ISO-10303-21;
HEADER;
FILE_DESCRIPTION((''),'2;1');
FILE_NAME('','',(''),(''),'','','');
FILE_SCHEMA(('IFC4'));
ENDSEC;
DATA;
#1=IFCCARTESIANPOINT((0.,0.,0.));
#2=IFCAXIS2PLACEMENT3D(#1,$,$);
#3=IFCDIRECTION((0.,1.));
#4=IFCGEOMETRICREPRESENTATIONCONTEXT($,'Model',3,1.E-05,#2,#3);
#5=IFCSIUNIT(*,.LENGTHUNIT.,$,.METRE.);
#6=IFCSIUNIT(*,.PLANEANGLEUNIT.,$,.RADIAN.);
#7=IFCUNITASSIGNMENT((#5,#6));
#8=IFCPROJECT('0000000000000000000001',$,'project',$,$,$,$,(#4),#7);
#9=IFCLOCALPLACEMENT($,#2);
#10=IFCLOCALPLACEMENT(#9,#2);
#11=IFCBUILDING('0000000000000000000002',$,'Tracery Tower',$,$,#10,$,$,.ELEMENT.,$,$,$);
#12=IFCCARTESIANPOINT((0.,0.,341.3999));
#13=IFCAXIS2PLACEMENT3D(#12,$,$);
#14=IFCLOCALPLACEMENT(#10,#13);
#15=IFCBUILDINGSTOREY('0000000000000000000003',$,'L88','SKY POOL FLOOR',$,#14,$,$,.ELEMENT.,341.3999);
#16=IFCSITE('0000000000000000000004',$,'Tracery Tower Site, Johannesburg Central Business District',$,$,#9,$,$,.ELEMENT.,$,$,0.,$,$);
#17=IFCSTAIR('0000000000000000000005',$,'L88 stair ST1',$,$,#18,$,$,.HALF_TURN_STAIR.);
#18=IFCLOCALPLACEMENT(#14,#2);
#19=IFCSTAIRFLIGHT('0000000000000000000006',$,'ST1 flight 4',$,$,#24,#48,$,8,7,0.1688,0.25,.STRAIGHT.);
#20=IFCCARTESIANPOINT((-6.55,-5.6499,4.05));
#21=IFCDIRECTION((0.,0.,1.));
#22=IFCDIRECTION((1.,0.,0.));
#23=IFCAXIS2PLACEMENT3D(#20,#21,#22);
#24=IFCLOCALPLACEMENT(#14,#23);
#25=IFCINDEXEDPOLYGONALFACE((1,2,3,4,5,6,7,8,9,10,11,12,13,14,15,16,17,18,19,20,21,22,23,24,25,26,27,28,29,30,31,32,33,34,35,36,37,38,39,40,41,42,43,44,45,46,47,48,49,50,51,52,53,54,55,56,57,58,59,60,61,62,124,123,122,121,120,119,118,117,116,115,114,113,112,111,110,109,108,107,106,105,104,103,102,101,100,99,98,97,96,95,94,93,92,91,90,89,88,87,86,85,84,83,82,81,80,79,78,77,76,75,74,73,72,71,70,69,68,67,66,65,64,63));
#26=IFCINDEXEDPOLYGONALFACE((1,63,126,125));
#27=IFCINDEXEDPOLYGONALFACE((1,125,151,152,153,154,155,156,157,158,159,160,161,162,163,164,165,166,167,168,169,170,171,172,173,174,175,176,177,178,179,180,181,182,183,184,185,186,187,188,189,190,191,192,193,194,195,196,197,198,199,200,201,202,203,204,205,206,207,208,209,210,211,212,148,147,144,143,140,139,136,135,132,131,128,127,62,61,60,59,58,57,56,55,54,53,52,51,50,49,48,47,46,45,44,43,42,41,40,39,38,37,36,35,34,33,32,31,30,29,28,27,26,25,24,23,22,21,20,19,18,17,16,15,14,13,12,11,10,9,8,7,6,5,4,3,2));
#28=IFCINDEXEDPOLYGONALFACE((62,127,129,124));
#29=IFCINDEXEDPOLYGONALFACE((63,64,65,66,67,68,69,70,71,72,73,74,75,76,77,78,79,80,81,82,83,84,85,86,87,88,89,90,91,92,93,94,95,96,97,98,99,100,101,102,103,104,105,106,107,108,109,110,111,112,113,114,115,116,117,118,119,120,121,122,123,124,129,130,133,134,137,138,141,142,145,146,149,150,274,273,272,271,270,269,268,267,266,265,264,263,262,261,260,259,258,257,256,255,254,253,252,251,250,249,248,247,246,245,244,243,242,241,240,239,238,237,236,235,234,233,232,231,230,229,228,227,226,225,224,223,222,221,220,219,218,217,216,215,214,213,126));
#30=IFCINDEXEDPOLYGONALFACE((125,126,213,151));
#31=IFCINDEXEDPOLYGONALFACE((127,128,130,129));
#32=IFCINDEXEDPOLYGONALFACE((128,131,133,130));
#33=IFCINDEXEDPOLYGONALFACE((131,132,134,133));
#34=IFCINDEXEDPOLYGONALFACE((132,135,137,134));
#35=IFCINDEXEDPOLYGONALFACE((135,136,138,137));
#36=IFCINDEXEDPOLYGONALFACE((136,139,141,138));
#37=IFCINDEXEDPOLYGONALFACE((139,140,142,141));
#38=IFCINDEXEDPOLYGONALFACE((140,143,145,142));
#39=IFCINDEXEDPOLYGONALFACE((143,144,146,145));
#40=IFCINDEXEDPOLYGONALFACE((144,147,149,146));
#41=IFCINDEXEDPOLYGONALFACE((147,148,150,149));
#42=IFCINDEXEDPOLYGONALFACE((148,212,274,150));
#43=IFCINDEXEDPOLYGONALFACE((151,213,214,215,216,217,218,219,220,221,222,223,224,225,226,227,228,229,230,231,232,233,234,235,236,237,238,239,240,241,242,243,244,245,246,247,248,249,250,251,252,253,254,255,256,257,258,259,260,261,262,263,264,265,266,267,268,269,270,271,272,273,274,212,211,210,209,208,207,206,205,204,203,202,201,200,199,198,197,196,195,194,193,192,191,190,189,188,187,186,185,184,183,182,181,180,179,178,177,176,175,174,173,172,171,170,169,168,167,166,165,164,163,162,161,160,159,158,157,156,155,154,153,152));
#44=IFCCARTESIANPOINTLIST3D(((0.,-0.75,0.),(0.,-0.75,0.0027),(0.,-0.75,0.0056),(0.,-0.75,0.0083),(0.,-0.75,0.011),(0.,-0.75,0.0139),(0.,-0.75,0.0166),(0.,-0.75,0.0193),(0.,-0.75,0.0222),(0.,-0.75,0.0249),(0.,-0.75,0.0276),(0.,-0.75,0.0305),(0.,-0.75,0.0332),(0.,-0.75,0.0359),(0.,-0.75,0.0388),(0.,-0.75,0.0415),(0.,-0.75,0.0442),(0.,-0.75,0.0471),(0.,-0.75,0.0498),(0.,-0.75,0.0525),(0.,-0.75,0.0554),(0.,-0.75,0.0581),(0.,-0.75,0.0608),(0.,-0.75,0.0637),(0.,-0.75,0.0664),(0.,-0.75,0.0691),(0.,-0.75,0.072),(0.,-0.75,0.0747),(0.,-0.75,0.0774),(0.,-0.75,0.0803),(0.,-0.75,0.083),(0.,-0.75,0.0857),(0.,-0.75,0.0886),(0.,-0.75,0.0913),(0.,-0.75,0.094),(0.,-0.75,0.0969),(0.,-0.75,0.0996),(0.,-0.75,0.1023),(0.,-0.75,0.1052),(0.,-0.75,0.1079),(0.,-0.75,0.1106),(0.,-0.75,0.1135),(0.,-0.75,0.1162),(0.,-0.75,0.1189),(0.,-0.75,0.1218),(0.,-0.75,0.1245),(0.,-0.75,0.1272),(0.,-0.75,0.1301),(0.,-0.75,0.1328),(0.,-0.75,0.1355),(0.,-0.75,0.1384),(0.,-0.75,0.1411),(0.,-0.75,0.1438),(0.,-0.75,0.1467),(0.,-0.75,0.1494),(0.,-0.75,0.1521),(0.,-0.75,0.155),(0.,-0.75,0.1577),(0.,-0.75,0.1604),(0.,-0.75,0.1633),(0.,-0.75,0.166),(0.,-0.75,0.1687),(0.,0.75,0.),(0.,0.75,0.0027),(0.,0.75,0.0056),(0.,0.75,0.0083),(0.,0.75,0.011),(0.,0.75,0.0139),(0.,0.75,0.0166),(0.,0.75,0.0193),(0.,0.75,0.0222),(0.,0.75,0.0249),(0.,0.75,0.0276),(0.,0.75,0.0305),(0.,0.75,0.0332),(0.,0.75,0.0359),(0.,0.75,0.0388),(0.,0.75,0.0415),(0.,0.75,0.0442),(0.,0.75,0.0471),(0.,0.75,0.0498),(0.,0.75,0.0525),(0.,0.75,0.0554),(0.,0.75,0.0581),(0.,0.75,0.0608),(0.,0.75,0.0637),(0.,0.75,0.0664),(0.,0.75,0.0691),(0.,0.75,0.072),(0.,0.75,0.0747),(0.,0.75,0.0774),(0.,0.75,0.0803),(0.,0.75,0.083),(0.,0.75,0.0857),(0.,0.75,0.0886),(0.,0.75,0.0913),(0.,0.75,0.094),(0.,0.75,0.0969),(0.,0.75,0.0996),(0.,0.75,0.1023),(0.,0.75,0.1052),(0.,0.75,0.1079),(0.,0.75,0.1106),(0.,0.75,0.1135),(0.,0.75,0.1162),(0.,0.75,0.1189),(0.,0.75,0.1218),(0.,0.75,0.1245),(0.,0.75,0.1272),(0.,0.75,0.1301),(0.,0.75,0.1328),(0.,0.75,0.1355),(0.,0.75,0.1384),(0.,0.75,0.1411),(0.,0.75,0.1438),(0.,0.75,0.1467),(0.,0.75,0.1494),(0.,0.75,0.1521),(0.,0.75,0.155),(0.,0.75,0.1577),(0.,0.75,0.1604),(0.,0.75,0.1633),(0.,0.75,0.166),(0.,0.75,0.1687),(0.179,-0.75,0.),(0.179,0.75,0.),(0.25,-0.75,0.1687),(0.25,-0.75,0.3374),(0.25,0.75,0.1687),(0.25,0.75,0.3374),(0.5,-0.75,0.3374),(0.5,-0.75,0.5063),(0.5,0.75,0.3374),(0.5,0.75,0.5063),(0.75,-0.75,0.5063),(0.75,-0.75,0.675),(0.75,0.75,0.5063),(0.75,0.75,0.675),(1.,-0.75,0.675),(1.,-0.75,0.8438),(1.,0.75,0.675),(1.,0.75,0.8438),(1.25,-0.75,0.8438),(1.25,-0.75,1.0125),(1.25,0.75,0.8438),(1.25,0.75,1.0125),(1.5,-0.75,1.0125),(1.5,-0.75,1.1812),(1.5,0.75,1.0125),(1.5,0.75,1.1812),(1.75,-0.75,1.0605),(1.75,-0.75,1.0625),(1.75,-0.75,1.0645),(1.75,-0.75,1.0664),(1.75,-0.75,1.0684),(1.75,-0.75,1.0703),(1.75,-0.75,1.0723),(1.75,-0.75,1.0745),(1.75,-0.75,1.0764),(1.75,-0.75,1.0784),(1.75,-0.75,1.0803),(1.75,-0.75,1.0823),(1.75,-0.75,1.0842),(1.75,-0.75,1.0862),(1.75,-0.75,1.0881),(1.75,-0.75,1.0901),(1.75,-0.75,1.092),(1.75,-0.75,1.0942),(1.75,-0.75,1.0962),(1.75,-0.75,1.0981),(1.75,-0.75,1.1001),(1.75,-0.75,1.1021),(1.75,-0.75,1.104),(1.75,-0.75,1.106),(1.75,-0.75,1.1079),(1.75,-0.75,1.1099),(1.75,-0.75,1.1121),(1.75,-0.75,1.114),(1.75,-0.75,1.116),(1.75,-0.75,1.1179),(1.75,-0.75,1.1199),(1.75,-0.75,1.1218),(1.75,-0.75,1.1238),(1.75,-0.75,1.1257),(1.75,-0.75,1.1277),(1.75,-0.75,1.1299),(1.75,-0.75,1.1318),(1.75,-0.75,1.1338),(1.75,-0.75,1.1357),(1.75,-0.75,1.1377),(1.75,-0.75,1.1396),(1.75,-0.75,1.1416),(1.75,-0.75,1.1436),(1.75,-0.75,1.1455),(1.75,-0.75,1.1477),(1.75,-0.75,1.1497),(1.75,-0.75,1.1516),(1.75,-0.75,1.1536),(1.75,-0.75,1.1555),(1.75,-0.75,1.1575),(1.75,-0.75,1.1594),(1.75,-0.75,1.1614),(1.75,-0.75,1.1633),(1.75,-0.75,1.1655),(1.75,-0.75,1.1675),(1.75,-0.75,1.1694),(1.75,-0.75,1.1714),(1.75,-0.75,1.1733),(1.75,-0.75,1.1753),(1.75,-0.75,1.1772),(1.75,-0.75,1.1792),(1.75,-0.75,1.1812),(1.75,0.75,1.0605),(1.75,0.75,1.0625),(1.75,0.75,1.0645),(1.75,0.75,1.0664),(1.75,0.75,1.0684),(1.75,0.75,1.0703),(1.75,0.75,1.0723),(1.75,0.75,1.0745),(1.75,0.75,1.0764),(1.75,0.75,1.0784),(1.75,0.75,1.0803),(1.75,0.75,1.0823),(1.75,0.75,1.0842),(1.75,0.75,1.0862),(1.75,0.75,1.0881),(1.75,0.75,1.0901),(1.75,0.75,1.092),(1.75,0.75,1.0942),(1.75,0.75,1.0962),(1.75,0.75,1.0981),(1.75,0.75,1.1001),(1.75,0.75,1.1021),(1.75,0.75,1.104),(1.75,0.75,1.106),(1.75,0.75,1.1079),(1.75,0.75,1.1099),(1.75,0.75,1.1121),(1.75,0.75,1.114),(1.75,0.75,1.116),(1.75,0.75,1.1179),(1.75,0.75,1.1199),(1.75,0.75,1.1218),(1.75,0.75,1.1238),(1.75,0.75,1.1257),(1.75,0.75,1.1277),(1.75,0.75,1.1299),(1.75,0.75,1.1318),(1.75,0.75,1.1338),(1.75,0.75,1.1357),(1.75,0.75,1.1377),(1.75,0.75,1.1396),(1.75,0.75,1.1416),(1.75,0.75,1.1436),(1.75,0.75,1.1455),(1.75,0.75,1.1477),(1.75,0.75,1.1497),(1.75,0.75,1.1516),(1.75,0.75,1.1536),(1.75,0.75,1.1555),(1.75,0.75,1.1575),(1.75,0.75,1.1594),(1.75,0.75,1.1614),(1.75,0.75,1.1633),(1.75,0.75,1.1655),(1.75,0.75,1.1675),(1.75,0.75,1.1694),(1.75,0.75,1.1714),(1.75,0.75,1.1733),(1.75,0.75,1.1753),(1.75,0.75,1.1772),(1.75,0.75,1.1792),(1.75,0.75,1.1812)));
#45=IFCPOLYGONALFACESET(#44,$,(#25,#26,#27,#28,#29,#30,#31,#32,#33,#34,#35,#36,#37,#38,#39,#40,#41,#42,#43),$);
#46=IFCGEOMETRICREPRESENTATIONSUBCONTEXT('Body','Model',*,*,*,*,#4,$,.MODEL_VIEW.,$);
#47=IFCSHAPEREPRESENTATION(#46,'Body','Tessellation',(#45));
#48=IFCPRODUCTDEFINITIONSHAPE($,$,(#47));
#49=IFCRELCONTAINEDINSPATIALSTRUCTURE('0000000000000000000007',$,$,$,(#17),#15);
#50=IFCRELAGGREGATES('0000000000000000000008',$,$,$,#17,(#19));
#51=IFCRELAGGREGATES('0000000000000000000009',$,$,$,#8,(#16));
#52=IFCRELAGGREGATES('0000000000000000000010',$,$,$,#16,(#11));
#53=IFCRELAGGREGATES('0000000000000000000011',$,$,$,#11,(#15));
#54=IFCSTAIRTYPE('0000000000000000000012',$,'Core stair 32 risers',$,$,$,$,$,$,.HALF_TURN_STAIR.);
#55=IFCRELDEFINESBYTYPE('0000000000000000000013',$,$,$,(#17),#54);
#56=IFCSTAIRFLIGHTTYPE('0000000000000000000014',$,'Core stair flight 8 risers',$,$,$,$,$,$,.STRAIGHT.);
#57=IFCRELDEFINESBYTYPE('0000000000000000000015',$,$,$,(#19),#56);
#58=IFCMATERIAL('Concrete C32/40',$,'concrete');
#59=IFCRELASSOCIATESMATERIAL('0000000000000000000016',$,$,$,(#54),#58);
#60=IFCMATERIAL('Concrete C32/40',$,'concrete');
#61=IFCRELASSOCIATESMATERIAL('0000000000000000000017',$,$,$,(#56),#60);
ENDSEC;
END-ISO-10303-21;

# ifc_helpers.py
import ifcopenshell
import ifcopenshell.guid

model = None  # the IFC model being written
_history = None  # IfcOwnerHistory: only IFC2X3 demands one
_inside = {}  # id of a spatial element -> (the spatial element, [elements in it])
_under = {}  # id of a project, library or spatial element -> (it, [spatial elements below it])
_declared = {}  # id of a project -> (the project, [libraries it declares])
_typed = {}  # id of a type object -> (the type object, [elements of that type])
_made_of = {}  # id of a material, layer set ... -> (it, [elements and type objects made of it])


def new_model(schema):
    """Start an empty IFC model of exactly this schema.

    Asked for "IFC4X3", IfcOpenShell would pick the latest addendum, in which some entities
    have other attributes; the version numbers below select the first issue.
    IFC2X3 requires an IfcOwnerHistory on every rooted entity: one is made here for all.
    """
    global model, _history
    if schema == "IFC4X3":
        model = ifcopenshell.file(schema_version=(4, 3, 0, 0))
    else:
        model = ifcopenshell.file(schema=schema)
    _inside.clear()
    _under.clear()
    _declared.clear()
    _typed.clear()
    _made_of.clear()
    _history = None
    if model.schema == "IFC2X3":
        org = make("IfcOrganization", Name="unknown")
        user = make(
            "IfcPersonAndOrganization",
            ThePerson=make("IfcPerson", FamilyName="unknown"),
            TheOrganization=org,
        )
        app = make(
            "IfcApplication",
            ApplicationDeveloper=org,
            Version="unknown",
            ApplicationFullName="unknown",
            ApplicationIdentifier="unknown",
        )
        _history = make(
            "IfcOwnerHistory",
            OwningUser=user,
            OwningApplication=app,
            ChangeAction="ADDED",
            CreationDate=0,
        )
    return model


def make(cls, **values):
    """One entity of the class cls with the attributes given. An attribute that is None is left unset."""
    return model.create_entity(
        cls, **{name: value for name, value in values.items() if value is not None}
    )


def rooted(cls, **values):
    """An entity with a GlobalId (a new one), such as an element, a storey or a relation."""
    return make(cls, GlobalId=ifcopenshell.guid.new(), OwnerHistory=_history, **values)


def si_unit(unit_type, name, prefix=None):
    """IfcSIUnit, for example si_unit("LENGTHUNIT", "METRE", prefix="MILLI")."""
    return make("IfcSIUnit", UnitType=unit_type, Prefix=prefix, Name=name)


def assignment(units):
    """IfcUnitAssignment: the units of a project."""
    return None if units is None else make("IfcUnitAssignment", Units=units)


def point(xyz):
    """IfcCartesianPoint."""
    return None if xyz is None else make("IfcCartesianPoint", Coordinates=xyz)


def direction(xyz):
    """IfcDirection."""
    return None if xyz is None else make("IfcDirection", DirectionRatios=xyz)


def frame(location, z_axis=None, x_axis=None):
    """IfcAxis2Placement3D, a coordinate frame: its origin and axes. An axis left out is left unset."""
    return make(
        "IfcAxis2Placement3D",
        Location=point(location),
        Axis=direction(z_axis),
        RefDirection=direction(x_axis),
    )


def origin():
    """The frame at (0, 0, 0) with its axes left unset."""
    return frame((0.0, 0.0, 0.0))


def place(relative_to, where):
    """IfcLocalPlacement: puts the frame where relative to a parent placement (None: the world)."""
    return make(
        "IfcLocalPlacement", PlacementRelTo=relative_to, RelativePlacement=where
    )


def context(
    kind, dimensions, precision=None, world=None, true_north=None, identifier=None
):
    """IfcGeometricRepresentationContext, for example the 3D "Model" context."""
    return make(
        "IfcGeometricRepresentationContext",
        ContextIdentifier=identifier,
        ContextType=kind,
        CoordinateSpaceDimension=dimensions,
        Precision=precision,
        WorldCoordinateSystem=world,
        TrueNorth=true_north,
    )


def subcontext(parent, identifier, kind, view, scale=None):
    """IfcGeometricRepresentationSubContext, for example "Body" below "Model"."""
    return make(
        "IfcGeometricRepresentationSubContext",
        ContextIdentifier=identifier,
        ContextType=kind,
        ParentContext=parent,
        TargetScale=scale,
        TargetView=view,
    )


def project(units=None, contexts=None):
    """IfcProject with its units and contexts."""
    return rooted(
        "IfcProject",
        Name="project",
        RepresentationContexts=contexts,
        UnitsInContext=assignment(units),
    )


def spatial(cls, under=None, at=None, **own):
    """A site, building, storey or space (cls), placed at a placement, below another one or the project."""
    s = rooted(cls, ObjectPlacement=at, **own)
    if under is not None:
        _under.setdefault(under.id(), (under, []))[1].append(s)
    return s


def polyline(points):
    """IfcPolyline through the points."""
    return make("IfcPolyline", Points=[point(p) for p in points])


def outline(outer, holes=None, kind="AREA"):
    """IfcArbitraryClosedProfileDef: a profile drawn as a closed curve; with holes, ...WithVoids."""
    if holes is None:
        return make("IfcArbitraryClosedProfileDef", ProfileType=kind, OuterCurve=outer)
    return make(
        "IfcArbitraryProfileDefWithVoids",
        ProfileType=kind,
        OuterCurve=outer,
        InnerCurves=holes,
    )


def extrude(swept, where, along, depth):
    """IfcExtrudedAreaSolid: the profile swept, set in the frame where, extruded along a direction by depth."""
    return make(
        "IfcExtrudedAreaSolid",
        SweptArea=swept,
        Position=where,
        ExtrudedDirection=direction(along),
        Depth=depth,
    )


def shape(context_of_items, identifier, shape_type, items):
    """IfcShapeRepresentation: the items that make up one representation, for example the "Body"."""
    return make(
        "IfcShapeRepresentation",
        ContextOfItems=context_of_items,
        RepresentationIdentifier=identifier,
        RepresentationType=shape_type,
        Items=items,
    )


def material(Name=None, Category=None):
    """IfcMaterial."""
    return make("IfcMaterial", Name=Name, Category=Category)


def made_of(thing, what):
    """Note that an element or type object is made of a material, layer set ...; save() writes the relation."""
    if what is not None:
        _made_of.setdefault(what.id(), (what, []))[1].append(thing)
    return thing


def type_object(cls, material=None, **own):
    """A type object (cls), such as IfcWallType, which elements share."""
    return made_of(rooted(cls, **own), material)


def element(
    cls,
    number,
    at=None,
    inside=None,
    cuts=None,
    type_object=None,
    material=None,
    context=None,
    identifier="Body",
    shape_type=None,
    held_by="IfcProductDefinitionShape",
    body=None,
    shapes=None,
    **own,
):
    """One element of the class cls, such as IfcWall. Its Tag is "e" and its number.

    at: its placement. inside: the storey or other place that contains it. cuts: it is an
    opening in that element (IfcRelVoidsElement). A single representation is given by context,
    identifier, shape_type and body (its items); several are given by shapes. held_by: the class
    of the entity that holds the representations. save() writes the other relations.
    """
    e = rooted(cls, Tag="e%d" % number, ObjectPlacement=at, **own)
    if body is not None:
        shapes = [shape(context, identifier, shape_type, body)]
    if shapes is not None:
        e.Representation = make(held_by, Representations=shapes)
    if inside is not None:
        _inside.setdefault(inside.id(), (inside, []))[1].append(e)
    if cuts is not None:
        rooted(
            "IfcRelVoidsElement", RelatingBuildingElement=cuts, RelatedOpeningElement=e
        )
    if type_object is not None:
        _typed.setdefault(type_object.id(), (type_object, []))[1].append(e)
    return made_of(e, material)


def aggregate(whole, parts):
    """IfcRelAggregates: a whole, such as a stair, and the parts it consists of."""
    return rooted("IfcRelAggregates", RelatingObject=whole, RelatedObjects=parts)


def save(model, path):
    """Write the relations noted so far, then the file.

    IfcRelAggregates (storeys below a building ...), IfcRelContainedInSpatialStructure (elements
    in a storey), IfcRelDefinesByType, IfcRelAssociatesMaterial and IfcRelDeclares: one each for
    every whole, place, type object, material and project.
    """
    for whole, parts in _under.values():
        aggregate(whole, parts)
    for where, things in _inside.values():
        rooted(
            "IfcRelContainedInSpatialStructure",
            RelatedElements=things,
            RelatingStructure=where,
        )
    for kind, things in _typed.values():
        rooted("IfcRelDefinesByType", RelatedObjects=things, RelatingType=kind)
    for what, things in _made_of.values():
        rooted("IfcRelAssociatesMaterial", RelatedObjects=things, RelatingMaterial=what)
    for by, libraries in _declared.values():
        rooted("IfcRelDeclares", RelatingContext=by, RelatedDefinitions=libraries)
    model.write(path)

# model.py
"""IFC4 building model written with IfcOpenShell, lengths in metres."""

from ifc_helpers import new_model, si_unit, direction, frame, origin, place, context, subcontext, project, spatial, polyline, outline, extrude, material, type_object, element, aggregate, save


model = new_model("IFC4")

# Units and contexts
model_context = context("Model", 3, precision=1e-05, world=origin(), true_north=direction((0.0, 1.0)))
body_context = subcontext(model_context, "Body", "Model", "MODEL_VIEW")
ifc_project = project(units=[si_unit("LENGTHUNIT", "METRE"), si_unit("PLANEANGLEUNIT", "RADIAN")], contexts=[model_context])

# Site, building, storey
site_placement = place(None, origin())
site = spatial("IfcSite", under=ifc_project, at=site_placement, Name="Tracery Tower Site, Johannesburg Central Business District", CompositionType="ELEMENT", RefElevation=0.0)
building_placement = place(site_placement, origin())
building = spatial("IfcBuilding", under=site, at=building_placement, Name="Tracery Tower", CompositionType="ELEMENT")
storey_placement = place(building_placement, frame((0.0, 0.0, 341.3999)))
storey = spatial("IfcBuildingStorey", under=building, at=storey_placement, Name="L88", Description="SKY POOL FLOOR", CompositionType="ELEMENT", Elevation=341.3999)

# Stair, stair flight
ifc_material_1 = material(Name="Concrete C32/40", Category="concrete")
stair_type = type_object("IfcStairType", Name="Core stair 32 risers", PredefinedType="HALF_TURN_STAIR", material=ifc_material_1)
stair_placement = place(storey_placement, origin())
stair = element("IfcStair", 1, at=stair_placement, inside=storey, type_object=stair_type, Name="L88 stair ST1", PredefinedType="HALF_TURN_STAIR")
ifc_material_2 = material(Name="Concrete C32/40", Category="concrete")
stair_flight_type = type_object("IfcStairFlightType", Name="Core stair flight 8 risers", PredefinedType="STRAIGHT", material=ifc_material_2)
stair_flight_1_placement = place(storey_placement, frame((-6.55, -5.6499, 4.05), z_axis=(0.0, 0.0, 1.0), x_axis=(1.0, 0.0, 0.0)))
stair_flight_1 = element("IfcStairFlight", 2, at=stair_flight_1_placement, type_object=stair_flight_type, Name="ST1 flight 4", NumberOfRisers=8, NumberOfTreads=7, PredefinedType="STRAIGHT", RiserHeight=0.1688, TreadLength=0.25, context=body_context, shape_type="SweptSolid", body=[
    extrude(outline(polyline([(0.0, 0.0), (0.0, 0.0027), (0.0, 0.0056), (0.0, 0.0083), (0.0, 0.011), (0.0, 0.0139), (0.0, 0.0166), (0.0, 0.0193), (0.0, 0.0222), (0.0, 0.0249), (0.0, 0.0276), (0.0, 0.0305), (0.0, 0.0332), (0.0, 0.0359), (0.0, 0.0388), (0.0, 0.0415), (0.0, 0.0442), (0.0, 0.0471), (0.0, 0.0498), (0.0, 0.0525), (0.0, 0.0554), (0.0, 0.0581), (0.0, 0.0608), (0.0, 0.0637), (0.0, 0.0664), (0.0, 0.0691), (0.0, 0.072), (0.0, 0.0747), (0.0, 0.0774), (0.0, 0.0803), (0.0, 0.083), (0.0, 0.0857), (0.0, 0.0886), (0.0, 0.0913), (0.0, 0.094), (0.0, 0.0969), (0.0, 0.0996), (0.0, 0.1023), (0.0, 0.1052), (0.0, 0.1079), (0.0, 0.1106), (0.0, 0.1135), (0.0, 0.1162), (0.0, 0.1189), (0.0, 0.1218), (0.0, 0.1245), (0.0, 0.1272), (0.0, 0.1301), (0.0, 0.1328), (0.0, 0.1355), (0.0, 0.1384), (0.0, 0.1411), (0.0, 0.1438), (0.0, 0.1467), (0.0, 0.1494), (0.0, 0.1521), (0.0, 0.155), (0.0, 0.1577), (0.0, 0.1604), (0.0, 0.1633), (0.0, 0.166), (0.0, 0.1687), (0.25, 0.1687), (0.25, 0.3374), (0.5, 0.3374), (0.5, 0.5063), (0.75, 0.5063), (0.75, 0.675), (1.0, 0.675), (1.0, 0.8438), (1.25, 0.8438), (1.25, 1.0125), (1.5, 1.0125), (1.5, 1.1812), (1.75, 1.1812), (1.75, 1.1792), (1.75, 1.1772), (1.75, 1.1753), (1.75, 1.1733), (1.75, 1.1714), (1.75, 1.1694), (1.75, 1.1675), (1.75, 1.1655), (1.75, 1.1633), (1.75, 1.1614), (1.75, 1.1594), (1.75, 1.1575), (1.75, 1.1555), (1.75, 1.1536), (1.75, 1.1516), (1.75, 1.1497), (1.75, 1.1477), (1.75, 1.1455), (1.75, 1.1436), (1.75, 1.1416), (1.75, 1.1396), (1.75, 1.1377), (1.75, 1.1357), (1.75, 1.1338), (1.75, 1.1318), (1.75, 1.1299), (1.75, 1.1277), (1.75, 1.1257), (1.75, 1.1238), (1.75, 1.1218), (1.75, 1.1199), (1.75, 1.1179), (1.75, 1.116), (1.75, 1.114), (1.75, 1.1121), (1.75, 1.1099), (1.75, 1.1079), (1.75, 1.106), (1.75, 1.104), (1.75, 1.1021), (1.75, 1.1001), (1.75, 1.0981), (1.75, 1.0962), (1.75, 1.0942), (1.75, 1.092), (1.75, 1.0901), (1.75, 1.0881), (1.75, 1.0862), (1.75, 1.0842), (1.75, 1.0823), (1.75, 1.0803), (1.75, 1.0784), (1.75, 1.0764), (1.75, 1.0745), (1.75, 1.0723), (1.75, 1.0703), (1.75, 1.0684), (1.75, 1.0664), (1.75, 1.0645), (1.75, 1.0625), (1.75, 1.0605), (0.179, 0.0), (0.0, 0.0)])), frame((0.0, 0.75, 0.0), z_axis=(0.0, -1.0, 0.0), x_axis=(1.0, 0.0, 0.0)), (0.0, 0.0, 1.0), 1.5),
])
aggregate(stair, [stair_flight_1])

save(model, "model.ifc")
